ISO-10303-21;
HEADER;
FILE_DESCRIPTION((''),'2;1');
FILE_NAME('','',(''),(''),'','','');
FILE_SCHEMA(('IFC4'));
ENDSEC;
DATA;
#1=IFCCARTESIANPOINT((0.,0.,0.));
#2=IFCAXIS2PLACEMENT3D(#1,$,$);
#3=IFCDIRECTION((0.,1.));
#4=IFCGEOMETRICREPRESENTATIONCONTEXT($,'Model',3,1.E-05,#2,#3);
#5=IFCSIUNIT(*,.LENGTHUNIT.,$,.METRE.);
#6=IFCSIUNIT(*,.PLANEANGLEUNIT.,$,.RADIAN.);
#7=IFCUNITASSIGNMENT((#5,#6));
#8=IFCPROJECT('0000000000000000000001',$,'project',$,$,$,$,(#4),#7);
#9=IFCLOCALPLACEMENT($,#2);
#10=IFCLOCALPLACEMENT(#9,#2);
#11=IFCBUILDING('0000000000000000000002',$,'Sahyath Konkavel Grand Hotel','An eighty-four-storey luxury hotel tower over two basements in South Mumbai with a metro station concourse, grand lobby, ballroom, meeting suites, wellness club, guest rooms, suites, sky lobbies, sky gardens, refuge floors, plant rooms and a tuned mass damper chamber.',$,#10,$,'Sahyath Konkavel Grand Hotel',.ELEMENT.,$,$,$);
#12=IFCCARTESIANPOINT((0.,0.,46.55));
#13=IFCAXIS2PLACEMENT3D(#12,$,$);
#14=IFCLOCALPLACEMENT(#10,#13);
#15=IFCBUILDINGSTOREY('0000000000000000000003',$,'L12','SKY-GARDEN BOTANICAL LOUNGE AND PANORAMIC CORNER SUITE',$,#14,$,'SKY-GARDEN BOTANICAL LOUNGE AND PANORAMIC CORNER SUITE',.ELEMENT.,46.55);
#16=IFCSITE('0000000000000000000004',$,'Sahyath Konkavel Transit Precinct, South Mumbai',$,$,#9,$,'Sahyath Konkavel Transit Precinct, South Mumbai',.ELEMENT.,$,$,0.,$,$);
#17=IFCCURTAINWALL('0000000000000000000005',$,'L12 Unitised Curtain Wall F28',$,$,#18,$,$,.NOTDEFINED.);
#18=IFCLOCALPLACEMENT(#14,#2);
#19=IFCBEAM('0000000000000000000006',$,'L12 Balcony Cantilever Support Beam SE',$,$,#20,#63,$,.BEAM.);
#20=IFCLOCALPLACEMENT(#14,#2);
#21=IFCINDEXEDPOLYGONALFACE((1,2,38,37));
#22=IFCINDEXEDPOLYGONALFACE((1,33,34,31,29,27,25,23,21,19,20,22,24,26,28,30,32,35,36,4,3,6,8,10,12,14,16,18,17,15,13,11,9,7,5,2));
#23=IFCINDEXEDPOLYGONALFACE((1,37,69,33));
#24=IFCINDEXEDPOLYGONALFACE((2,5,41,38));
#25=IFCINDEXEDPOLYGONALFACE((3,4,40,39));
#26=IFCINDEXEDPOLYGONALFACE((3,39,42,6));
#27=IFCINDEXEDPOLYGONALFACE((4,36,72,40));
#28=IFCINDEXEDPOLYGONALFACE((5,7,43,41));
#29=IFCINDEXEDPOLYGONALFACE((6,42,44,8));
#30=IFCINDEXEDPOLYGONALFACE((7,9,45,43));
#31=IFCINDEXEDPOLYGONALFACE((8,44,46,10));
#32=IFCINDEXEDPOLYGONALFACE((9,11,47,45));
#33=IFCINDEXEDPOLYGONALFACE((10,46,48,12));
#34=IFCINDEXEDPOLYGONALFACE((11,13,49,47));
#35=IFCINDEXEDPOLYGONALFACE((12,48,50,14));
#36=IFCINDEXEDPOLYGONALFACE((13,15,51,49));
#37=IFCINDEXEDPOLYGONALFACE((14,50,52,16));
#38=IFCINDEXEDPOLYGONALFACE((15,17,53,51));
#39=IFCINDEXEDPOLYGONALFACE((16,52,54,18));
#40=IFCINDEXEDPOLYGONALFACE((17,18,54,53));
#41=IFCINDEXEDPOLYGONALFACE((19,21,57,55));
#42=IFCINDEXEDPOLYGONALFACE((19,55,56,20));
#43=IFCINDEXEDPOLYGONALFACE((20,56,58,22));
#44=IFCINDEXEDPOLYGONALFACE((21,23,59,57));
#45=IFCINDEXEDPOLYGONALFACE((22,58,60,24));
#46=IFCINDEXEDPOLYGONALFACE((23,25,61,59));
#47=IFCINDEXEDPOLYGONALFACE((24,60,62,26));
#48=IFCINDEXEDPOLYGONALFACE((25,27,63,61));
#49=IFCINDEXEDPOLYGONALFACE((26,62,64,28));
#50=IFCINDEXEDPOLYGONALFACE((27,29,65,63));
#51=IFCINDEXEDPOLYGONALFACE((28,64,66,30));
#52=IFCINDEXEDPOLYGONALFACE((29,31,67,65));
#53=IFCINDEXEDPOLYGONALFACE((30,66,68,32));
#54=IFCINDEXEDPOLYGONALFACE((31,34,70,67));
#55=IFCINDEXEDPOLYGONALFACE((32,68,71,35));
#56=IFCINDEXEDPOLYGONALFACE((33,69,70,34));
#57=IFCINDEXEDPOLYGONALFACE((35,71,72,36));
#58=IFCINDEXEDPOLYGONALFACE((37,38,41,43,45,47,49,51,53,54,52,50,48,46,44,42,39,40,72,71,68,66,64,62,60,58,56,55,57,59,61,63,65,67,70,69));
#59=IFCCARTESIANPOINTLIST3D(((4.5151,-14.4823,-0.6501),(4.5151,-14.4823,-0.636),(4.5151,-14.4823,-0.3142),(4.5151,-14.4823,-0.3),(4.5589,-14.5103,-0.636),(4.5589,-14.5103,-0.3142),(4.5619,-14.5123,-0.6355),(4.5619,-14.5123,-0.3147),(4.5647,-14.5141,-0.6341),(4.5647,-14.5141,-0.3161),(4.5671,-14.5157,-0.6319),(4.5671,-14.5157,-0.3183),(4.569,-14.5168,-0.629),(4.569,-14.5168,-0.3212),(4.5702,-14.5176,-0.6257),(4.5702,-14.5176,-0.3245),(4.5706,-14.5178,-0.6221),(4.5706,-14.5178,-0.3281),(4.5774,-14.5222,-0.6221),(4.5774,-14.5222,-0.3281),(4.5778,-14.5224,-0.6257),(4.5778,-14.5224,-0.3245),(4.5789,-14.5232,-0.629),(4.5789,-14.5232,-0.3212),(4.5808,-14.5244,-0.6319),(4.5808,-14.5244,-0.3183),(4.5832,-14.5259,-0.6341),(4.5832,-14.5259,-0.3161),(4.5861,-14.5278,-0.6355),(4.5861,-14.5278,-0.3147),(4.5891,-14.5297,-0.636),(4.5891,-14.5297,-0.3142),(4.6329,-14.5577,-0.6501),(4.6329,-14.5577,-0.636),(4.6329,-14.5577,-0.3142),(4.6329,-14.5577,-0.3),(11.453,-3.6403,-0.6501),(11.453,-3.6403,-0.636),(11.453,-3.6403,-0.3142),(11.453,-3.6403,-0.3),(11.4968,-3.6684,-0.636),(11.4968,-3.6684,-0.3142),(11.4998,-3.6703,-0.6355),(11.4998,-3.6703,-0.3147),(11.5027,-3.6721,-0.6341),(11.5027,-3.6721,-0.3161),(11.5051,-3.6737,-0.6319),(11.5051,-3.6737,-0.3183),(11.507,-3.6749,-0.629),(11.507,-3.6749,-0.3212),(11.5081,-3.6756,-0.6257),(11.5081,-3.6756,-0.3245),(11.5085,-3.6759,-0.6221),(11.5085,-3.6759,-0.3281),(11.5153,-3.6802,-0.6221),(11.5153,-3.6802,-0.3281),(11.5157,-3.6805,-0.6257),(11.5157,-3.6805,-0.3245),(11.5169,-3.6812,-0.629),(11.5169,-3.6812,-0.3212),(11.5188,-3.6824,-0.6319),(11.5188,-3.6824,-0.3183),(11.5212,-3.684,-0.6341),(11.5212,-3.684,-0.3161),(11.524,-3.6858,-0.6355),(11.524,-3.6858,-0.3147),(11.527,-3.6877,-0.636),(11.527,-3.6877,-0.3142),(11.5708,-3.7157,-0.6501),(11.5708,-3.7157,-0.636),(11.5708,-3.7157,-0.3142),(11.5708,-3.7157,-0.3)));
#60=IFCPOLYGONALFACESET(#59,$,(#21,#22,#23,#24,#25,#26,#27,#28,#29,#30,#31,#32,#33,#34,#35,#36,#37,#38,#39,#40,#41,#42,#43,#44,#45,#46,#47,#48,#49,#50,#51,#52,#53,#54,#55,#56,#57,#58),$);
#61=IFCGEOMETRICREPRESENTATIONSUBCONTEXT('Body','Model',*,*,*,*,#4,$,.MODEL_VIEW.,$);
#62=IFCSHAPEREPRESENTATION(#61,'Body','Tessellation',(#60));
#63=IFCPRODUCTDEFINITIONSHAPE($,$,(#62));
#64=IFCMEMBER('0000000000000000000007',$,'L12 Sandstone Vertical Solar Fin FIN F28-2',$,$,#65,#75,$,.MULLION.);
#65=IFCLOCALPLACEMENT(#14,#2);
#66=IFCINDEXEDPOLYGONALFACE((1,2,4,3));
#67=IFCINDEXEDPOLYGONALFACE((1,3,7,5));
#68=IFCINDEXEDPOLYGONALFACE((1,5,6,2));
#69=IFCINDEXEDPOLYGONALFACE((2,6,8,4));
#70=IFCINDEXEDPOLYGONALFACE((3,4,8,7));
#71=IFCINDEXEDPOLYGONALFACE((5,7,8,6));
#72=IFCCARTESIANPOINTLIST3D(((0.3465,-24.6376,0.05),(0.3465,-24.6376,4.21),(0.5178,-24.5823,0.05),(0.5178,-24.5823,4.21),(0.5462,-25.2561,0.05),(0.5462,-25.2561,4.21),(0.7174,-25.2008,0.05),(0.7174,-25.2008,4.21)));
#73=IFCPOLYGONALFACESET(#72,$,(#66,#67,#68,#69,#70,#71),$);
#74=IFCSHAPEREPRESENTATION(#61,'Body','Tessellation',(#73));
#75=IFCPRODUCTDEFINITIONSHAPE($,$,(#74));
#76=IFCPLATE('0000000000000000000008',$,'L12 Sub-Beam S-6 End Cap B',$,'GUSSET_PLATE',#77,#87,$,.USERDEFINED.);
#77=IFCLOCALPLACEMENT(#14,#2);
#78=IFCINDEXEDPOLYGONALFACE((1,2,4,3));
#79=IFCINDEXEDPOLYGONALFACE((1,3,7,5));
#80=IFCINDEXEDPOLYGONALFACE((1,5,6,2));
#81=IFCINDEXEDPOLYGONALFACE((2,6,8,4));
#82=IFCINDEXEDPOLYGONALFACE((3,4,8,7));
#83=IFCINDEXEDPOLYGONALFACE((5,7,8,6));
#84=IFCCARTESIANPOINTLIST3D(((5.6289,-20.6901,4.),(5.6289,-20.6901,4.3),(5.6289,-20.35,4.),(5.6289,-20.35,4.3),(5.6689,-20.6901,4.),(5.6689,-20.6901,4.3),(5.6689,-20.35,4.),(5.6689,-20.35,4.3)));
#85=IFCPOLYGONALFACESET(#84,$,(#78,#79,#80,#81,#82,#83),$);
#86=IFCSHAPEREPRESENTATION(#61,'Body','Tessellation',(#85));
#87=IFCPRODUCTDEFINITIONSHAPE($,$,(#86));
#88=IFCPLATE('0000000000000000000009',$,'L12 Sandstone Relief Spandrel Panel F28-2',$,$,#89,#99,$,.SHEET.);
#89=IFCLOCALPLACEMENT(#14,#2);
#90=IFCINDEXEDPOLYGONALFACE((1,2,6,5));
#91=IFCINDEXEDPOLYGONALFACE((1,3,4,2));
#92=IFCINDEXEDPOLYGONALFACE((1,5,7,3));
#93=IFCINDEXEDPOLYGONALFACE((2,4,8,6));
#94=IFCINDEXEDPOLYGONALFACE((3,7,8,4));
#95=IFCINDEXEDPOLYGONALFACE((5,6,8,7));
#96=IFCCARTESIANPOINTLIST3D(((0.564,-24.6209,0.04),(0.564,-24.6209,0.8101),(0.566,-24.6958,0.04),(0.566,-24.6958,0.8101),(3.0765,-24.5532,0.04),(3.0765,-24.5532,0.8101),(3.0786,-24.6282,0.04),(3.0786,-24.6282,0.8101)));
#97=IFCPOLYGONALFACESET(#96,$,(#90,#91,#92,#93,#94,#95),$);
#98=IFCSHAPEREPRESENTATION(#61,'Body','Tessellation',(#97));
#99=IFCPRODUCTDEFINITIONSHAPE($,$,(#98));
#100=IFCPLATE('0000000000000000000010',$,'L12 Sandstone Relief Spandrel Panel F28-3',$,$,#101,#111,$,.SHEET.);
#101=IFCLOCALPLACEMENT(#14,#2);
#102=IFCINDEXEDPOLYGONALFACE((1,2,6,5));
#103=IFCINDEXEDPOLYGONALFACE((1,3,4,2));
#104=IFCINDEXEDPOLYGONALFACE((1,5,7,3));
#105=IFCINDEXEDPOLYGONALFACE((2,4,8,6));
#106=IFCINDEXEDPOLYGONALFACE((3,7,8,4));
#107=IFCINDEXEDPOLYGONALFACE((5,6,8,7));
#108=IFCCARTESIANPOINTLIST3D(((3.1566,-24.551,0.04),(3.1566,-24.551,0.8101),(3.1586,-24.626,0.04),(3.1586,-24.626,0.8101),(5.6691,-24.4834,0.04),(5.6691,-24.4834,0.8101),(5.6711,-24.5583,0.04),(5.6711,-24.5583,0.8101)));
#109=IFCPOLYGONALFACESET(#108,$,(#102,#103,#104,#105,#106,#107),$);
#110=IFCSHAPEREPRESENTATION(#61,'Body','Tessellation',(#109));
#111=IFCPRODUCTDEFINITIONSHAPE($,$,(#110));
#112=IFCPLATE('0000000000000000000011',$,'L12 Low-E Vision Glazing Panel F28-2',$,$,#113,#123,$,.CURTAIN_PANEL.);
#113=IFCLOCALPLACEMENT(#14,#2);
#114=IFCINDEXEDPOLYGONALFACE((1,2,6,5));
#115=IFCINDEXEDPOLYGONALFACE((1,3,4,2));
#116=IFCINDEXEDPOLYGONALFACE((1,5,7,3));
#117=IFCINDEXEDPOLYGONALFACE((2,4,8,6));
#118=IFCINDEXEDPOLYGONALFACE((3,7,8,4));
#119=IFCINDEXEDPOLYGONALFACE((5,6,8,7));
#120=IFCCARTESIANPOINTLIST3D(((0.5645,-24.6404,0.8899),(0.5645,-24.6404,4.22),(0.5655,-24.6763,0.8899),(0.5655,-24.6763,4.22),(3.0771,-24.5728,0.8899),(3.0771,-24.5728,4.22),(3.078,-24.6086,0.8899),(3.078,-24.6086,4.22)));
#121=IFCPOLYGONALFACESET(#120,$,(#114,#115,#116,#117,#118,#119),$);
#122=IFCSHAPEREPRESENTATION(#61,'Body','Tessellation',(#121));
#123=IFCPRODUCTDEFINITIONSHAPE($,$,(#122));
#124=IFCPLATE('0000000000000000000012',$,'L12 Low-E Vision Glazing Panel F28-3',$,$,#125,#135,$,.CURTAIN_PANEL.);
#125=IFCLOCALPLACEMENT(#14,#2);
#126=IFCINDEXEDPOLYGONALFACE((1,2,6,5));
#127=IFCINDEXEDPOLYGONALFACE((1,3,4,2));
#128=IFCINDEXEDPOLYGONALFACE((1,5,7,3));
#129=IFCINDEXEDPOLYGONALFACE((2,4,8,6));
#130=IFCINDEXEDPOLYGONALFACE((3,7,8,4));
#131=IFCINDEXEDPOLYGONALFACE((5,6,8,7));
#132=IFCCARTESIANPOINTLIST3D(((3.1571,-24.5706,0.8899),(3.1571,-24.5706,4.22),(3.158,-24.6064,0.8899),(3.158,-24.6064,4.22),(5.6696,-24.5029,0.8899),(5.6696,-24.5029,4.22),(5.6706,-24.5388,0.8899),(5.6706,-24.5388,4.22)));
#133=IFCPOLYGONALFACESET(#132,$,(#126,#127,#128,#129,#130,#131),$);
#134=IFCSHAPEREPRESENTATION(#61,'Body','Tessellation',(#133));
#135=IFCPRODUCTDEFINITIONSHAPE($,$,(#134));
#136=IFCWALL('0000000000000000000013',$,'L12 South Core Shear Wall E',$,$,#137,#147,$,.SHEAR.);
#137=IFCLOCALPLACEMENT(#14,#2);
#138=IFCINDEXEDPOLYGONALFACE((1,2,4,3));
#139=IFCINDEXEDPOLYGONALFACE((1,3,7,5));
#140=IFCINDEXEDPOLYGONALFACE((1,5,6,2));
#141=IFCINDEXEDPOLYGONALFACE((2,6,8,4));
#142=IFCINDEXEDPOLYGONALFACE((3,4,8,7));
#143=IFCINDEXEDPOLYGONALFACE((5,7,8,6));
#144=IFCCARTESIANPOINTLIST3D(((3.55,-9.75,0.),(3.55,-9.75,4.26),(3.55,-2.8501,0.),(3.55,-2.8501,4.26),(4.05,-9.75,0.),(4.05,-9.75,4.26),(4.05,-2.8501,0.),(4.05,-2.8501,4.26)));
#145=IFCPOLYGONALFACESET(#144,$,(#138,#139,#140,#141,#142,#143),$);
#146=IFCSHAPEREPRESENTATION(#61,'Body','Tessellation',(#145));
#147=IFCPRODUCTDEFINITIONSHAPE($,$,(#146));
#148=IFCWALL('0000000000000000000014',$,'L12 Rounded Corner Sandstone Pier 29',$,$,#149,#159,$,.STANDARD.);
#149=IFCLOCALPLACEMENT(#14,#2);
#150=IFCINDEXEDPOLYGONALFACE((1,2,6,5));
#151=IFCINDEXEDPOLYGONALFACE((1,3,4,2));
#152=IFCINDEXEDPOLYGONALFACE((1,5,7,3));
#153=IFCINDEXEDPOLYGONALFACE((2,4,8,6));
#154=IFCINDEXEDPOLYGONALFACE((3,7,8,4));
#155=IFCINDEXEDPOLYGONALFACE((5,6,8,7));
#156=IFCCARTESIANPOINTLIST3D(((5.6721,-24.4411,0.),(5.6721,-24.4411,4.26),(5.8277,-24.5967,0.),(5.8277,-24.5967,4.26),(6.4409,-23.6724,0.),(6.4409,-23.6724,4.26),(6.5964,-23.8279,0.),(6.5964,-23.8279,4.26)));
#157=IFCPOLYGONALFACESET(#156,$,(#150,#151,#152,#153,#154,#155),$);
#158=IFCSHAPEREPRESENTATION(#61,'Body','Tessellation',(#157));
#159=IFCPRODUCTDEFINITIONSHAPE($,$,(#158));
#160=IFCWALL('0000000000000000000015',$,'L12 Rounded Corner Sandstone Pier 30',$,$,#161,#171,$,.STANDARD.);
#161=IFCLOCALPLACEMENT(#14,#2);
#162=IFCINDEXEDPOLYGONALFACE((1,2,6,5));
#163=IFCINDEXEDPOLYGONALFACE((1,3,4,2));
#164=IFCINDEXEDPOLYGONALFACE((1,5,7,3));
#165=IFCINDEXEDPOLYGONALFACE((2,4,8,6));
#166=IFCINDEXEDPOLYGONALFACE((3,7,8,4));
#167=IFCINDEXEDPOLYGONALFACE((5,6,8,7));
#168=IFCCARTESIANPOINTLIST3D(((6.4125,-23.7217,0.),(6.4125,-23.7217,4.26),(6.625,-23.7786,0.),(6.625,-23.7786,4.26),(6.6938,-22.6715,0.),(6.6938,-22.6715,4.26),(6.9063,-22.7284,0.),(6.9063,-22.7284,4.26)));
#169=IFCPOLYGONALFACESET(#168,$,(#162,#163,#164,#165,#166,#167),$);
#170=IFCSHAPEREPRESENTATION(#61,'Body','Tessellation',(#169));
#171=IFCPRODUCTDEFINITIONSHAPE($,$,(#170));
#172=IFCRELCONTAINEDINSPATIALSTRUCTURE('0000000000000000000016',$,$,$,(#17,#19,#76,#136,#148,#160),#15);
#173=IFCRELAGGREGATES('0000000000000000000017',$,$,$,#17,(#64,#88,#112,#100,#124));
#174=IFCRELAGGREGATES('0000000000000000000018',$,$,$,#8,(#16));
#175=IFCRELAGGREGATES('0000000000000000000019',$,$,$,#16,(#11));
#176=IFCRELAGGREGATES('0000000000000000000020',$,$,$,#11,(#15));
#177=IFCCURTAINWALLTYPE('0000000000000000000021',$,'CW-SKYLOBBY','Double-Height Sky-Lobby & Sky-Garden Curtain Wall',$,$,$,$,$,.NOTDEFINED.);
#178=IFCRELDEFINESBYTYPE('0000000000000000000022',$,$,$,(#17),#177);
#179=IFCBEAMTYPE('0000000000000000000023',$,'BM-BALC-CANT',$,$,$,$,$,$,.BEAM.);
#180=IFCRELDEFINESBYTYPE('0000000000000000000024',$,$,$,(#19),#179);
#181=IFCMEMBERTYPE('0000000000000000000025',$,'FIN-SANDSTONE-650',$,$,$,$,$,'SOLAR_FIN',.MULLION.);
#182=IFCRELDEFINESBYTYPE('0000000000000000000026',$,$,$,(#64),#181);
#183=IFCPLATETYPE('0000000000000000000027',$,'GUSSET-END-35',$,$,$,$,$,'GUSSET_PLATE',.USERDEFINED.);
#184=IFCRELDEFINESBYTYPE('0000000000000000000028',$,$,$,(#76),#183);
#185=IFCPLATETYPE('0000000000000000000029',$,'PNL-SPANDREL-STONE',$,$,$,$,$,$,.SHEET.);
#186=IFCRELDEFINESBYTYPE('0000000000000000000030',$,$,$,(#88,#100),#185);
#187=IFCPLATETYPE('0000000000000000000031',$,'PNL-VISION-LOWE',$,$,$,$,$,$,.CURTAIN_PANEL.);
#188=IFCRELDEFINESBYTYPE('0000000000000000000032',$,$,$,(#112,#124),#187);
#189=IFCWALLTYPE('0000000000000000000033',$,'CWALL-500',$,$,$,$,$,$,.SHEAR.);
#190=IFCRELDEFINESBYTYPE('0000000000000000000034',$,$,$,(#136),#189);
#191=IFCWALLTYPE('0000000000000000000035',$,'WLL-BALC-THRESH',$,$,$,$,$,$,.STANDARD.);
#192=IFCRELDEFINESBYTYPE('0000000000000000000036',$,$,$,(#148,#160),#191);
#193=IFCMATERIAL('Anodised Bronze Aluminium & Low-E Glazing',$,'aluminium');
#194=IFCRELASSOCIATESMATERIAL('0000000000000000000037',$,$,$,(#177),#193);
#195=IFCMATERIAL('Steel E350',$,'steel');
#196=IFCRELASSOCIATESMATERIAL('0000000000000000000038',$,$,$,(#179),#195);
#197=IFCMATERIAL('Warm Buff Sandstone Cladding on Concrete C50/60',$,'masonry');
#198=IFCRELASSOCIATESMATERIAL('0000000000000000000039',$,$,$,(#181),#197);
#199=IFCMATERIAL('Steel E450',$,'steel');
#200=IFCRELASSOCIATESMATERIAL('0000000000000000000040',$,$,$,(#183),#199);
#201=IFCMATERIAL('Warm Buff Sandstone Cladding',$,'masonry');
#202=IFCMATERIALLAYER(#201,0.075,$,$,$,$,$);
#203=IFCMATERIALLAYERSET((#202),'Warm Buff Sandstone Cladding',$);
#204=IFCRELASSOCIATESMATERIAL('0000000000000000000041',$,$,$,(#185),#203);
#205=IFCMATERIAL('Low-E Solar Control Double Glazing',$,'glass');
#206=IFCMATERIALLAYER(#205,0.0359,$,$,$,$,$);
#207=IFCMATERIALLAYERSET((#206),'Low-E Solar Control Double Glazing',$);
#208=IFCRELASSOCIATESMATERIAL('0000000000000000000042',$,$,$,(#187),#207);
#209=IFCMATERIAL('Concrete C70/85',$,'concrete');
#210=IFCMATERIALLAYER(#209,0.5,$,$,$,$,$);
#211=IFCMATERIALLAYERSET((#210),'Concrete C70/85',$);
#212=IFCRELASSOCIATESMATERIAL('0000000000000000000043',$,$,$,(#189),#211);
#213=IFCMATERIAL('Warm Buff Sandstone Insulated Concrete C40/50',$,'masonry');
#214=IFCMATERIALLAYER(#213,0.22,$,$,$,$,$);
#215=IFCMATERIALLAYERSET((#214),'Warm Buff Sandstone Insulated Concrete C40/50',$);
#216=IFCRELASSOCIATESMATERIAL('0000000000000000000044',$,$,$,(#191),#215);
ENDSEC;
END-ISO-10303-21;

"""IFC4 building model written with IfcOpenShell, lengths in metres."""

from ifc_helpers import new_model, si_unit, direction, frame, frame_2d, origin, origin_2d, place, context, subcontext, project, spatial, rectangle, i_section, extrude, source, transform, mapped, material, layer, layer_set, material_profile, profile_set, type_object, element, aggregate, save


model = new_model("IFC4")

# Units and contexts
model_context = context("Model", 3, precision=1e-05, world=origin(), true_north=direction((0.0, 1.0)))
body_context = subcontext(model_context, "Body", "Model", "MODEL_VIEW")
ifc_project = project(units=[si_unit("LENGTHUNIT", "METRE"), si_unit("PLANEANGLEUNIT", "RADIAN")], contexts=[model_context])

# Site, building, storey
site_placement = place(None, origin())
site = spatial("IfcSite", under=ifc_project, at=site_placement, Name="Sahyath Konkavel Transit Precinct, South Mumbai", LongName="Sahyath Konkavel Transit Precinct, South Mumbai", CompositionType="ELEMENT", RefElevation=0.0)
building_placement = place(site_placement, origin())
building = spatial("IfcBuilding", under=site, at=building_placement, Name="Sahyath Konkavel Grand Hotel", Description="An eighty-four-storey luxury hotel tower over two basements in South Mumbai with a metro station concourse, grand lobby, ballroom, meeting suites, wellness club, guest rooms, suites, sky lobbies, sky gardens, refuge floors, plant rooms and a tuned mass damper chamber.", LongName="Sahyath Konkavel Grand Hotel", CompositionType="ELEMENT")
storey_placement = place(building_placement, frame((0.0, 0.0, 46.55)))
storey = spatial("IfcBuildingStorey", under=building, at=storey_placement, Name="L12", Description="SKY-GARDEN BOTANICAL LOUNGE AND PANORAMIC CORNER SUITE", LongName="SKY-GARDEN BOTANICAL LOUNGE AND PANORAMIC CORNER SUITE", CompositionType="ELEMENT", Elevation=46.55)

# Shared definitions
ifc_material_1 = material(Name="Concrete C70/85", Category="concrete")

# Shared definitions
ifc_material_2 = material(Name="Steel E350", Category="steel")

# Curtain wall
ifc_material_3 = material(Name="Anodised Bronze Aluminium & Low-E Glazing", Category="aluminium")
curtain_wall_type = type_object("IfcCurtainWallType", Name="CW-SKYLOBBY", Description="Double-Height Sky-Lobby & Sky-Garden Curtain Wall", PredefinedType="NOTDEFINED", material=ifc_material_3)
curtain_wall_1_placement = place(storey_placement, origin())
curtain_wall_1 = element("IfcCurtainWall", 1, at=curtain_wall_1_placement, inside=storey, type_object=curtain_wall_type, Name="L12 Unitised Curtain Wall F28", PredefinedType="NOTDEFINED")

# Beam
ifc_material_profile_1 = material_profile(ifc_material_2, i_section(OverallWidth=0.1399, OverallDepth=0.3501, WebThickness=0.0081, FlangeThickness=0.0142, FilletRadius=0.0139, at=origin_2d()), Name="ISMB 350")
ifc_profile_set_1 = profile_set([ifc_material_profile_1], Name="Steel E350")
beam_type_1 = type_object("IfcBeamType", Name="BM-BALC-CANT", PredefinedType="BEAM", material=ifc_profile_set_1)
shared_shape_1 = source(origin(), body_context, "Body", "SweptSolid", [
    extrude(i_section(OverallWidth=0.1399, OverallDepth=0.3501, WebThickness=0.0081, FlangeThickness=0.0142, FilletRadius=0.0139, at=origin_2d()), origin(), (0.0, 0.0, 1.0), 12.8718),
])
beam_1_placement = place(storey_placement, frame((4.574, -14.52, -0.4751), z_axis=(0.539003, 0.842304, 0.0), x_axis=(-0.842304, 0.539003, 0.0)))
element("IfcBeam", 2, at=beam_1_placement, inside=storey, type_object=beam_type_1, Name="L12 Balcony Cantilever Support Beam SE", PredefinedType="BEAM", context=body_context, shape_type="MappedRepresentation", body=[
    mapped(shared_shape_1, transform((0.0, 0.0, 0.0), scale=1.0)),
])

# Member
ifc_material_4 = material(Name="Warm Buff Sandstone Cladding on Concrete C50/60", Category="masonry")
ifc_material_profile_2 = material_profile(ifc_material_4, rectangle(XDim=0.1799, YDim=0.6499, at=origin_2d()), Name="FIN 180x650")
ifc_profile_set_2 = profile_set([ifc_material_profile_2], Name="Warm Buff Sandstone Cladding on Concrete C50/60")
member_type_1 = type_object("IfcMemberType", Name="FIN-SANDSTONE-650", ElementType="SOLAR_FIN", PredefinedType="MULLION", material=ifc_profile_set_2)
shared_shape_2 = source(origin(), body_context, "Body", "SweptSolid", [
    extrude(rectangle(XDim=0.1799, YDim=0.6499, at=origin_2d()), origin(), (0.0, 0.0, 1.0), 4.1599),
])
member_1_placement = place(storey_placement, frame((0.532, -24.9192, 0.05), z_axis=(0.0, 0.0, 1.0), x_axis=(0.951648, 0.307191, 0.0)))
member_1 = element("IfcMember", 3, at=member_1_placement, type_object=member_type_1, Name="L12 Sandstone Vertical Solar Fin FIN F28-2", PredefinedType="MULLION", context=body_context, shape_type="MappedRepresentation", body=[
    mapped(shared_shape_2, transform((0.0, 0.0, 0.0), scale=1.0)),
])

# Plates
ifc_material_5 = material(Name="Steel E450", Category="steel")
plate_type_1 = type_object("IfcPlateType", Name="GUSSET-END-35", ElementType="GUSSET_PLATE", PredefinedType="USERDEFINED", material=ifc_material_5)
shared_shape_3 = source(origin(), body_context, "Body", "SweptSolid", [
    extrude(rectangle(XDim=0.04, YDim=0.3401, at=origin_2d()), origin(), (0.0, 0.0, 1.0), 0.3),
])
plate_1_placement = place(storey_placement, frame((5.6489, -20.52, 4.0), z_axis=(0.0, 0.0, 1.0), x_axis=(1.0, 0.0, 0.0)))
element("IfcPlate", 4, at=plate_1_placement, inside=storey, type_object=plate_type_1, Name="L12 Sub-Beam S-6 End Cap B", ObjectType="GUSSET_PLATE", PredefinedType="USERDEFINED", context=body_context, shape_type="MappedRepresentation", body=[
    mapped(shared_shape_3, transform((0.0, 0.0, 0.0), scale=1.0)),
])
ifc_material_6 = material(Name="Warm Buff Sandstone Cladding", Category="masonry")
ifc_layer_1 = layer(ifc_material_6, 0.075)
ifc_layer_set_1 = layer_set([ifc_layer_1], Name="Warm Buff Sandstone Cladding")
plate_type_2 = type_object("IfcPlateType", Name="PNL-SPANDREL-STONE", PredefinedType="SHEET", material=ifc_layer_set_1)
shared_shape_4 = source(origin(), body_context, "Body", "SweptSolid", [
    extrude(rectangle(XDim=2.5134, YDim=0.075, at=origin_2d()), origin(), (0.0, 0.0, 1.0), 0.77),
])
plate_2_placement = place(storey_placement, frame((1.8213, -24.6245, 0.04), z_axis=(0.0, 0.0, 1.0), x_axis=(0.999638, 0.02691, 0.0)))
plate_2 = element("IfcPlate", 5, at=plate_2_placement, type_object=plate_type_2, Name="L12 Sandstone Relief Spandrel Panel F28-2", PredefinedType="SHEET", context=body_context, shape_type="MappedRepresentation", body=[
    mapped(shared_shape_4, transform((0.0, 0.0, 0.0), scale=1.0)),
])
plate_3_placement = place(storey_placement, frame((4.4138, -24.5547, 0.04), z_axis=(0.0, 0.0, 1.0), x_axis=(0.999638, 0.02691, 0.0)))
plate_3 = element("IfcPlate", 6, at=plate_3_placement, type_object=plate_type_2, Name="L12 Sandstone Relief Spandrel Panel F28-3", PredefinedType="SHEET", context=body_context, shape_type="MappedRepresentation", body=[
    mapped(shared_shape_4, transform((0.0, 0.0, 0.0), scale=1.0)),
])
ifc_material_7 = material(Name="Low-E Solar Control Double Glazing", Category="glass")
ifc_layer_2 = layer(ifc_material_7, 0.0359)
ifc_layer_set_2 = layer_set([ifc_layer_2], Name="Low-E Solar Control Double Glazing")
plate_type_3 = type_object("IfcPlateType", Name="PNL-VISION-LOWE", PredefinedType="CURTAIN_PANEL", material=ifc_layer_set_2)
shared_shape_5 = source(origin(), body_context, "Body", "SweptSolid", [
    extrude(rectangle(XDim=2.5134, YDim=0.0359, at=origin_2d()), origin(), (0.0, 0.0, 1.0), 3.3301),
])
plate_4_placement = place(storey_placement, frame((1.8213, -24.6245, 0.8899), z_axis=(0.0, 0.0, 1.0), x_axis=(0.999638, 0.02691, 0.0)))
plate_4 = element("IfcPlate", 7, at=plate_4_placement, type_object=plate_type_3, Name="L12 Low-E Vision Glazing Panel F28-2", PredefinedType="CURTAIN_PANEL", context=body_context, shape_type="MappedRepresentation", body=[
    mapped(shared_shape_5, transform((0.0, 0.0, 0.0), scale=1.0)),
])
plate_5_placement = place(storey_placement, frame((4.4138, -24.5547, 0.8899), z_axis=(0.0, 0.0, 1.0), x_axis=(0.999638, 0.02691, 0.0)))
plate_5 = element("IfcPlate", 8, at=plate_5_placement, type_object=plate_type_3, Name="L12 Low-E Vision Glazing Panel F28-3", PredefinedType="CURTAIN_PANEL", context=body_context, shape_type="MappedRepresentation", body=[
    mapped(shared_shape_5, transform((0.0, 0.0, 0.0), scale=1.0)),
])
aggregate(curtain_wall_1, [member_1, plate_2, plate_4, plate_3, plate_5])

# Walls
ifc_layer_3 = layer(ifc_material_1, 0.5)
ifc_layer_set_3 = layer_set([ifc_layer_3], Name="Concrete C70/85")
wall_type_1 = type_object("IfcWallType", Name="CWALL-500", PredefinedType="SHEAR", material=ifc_layer_set_3)
wall_1_placement = place(storey_placement, frame((3.8, -9.75, 0.0), z_axis=(0.0, 0.0, 1.0), x_axis=(0.0, 1.0, 0.0)))
element("IfcWall", 9, at=wall_1_placement, inside=storey, type_object=wall_type_1, Name="L12 South Core Shear Wall E", PredefinedType="SHEAR", context=body_context, shape_type="SweptSolid", body=[
    extrude(rectangle(XDim=6.8999, YDim=0.5, at=frame_2d((3.45, 0.0))), origin(), (0.0, 0.0, 1.0), 4.26),
])
ifc_material_8 = material(Name="Warm Buff Sandstone Insulated Concrete C40/50", Category="masonry")
ifc_layer_4 = layer(ifc_material_8, 0.22)
ifc_layer_set_4 = layer_set([ifc_layer_4], Name="Warm Buff Sandstone Insulated Concrete C40/50")
wall_type_2 = type_object("IfcWallType", Name="WLL-BALC-THRESH", PredefinedType="STANDARD", material=ifc_layer_set_4)
for number, where, z_axis, x_axis, name in (
    (10, (5.75, -24.5188, 0.0), (0.0, 0.0, 1.0), (0.707107, 0.707107, 0.0), "L12 Rounded Corner Sandstone Pier 29"),
    (11, (6.5188, -23.75, 0.0), (0.0, 0.0, 1.0), (0.258725, 0.965951, 0.0), "L12 Rounded Corner Sandstone Pier 30"),
):
    element("IfcWall", number, at=place(storey_placement, frame(where, z_axis=z_axis, x_axis=x_axis)), inside=storey, type_object=wall_type_2, Name=name, PredefinedType="STANDARD", context=body_context, shape_type="SweptSolid", body=[
        extrude(rectangle(XDim=1.0872, YDim=0.22, at=frame_2d((0.5435, 0.0))), origin(), (0.0, 0.0, 1.0), 4.26),
    ])

save(model, "model.ifc")
